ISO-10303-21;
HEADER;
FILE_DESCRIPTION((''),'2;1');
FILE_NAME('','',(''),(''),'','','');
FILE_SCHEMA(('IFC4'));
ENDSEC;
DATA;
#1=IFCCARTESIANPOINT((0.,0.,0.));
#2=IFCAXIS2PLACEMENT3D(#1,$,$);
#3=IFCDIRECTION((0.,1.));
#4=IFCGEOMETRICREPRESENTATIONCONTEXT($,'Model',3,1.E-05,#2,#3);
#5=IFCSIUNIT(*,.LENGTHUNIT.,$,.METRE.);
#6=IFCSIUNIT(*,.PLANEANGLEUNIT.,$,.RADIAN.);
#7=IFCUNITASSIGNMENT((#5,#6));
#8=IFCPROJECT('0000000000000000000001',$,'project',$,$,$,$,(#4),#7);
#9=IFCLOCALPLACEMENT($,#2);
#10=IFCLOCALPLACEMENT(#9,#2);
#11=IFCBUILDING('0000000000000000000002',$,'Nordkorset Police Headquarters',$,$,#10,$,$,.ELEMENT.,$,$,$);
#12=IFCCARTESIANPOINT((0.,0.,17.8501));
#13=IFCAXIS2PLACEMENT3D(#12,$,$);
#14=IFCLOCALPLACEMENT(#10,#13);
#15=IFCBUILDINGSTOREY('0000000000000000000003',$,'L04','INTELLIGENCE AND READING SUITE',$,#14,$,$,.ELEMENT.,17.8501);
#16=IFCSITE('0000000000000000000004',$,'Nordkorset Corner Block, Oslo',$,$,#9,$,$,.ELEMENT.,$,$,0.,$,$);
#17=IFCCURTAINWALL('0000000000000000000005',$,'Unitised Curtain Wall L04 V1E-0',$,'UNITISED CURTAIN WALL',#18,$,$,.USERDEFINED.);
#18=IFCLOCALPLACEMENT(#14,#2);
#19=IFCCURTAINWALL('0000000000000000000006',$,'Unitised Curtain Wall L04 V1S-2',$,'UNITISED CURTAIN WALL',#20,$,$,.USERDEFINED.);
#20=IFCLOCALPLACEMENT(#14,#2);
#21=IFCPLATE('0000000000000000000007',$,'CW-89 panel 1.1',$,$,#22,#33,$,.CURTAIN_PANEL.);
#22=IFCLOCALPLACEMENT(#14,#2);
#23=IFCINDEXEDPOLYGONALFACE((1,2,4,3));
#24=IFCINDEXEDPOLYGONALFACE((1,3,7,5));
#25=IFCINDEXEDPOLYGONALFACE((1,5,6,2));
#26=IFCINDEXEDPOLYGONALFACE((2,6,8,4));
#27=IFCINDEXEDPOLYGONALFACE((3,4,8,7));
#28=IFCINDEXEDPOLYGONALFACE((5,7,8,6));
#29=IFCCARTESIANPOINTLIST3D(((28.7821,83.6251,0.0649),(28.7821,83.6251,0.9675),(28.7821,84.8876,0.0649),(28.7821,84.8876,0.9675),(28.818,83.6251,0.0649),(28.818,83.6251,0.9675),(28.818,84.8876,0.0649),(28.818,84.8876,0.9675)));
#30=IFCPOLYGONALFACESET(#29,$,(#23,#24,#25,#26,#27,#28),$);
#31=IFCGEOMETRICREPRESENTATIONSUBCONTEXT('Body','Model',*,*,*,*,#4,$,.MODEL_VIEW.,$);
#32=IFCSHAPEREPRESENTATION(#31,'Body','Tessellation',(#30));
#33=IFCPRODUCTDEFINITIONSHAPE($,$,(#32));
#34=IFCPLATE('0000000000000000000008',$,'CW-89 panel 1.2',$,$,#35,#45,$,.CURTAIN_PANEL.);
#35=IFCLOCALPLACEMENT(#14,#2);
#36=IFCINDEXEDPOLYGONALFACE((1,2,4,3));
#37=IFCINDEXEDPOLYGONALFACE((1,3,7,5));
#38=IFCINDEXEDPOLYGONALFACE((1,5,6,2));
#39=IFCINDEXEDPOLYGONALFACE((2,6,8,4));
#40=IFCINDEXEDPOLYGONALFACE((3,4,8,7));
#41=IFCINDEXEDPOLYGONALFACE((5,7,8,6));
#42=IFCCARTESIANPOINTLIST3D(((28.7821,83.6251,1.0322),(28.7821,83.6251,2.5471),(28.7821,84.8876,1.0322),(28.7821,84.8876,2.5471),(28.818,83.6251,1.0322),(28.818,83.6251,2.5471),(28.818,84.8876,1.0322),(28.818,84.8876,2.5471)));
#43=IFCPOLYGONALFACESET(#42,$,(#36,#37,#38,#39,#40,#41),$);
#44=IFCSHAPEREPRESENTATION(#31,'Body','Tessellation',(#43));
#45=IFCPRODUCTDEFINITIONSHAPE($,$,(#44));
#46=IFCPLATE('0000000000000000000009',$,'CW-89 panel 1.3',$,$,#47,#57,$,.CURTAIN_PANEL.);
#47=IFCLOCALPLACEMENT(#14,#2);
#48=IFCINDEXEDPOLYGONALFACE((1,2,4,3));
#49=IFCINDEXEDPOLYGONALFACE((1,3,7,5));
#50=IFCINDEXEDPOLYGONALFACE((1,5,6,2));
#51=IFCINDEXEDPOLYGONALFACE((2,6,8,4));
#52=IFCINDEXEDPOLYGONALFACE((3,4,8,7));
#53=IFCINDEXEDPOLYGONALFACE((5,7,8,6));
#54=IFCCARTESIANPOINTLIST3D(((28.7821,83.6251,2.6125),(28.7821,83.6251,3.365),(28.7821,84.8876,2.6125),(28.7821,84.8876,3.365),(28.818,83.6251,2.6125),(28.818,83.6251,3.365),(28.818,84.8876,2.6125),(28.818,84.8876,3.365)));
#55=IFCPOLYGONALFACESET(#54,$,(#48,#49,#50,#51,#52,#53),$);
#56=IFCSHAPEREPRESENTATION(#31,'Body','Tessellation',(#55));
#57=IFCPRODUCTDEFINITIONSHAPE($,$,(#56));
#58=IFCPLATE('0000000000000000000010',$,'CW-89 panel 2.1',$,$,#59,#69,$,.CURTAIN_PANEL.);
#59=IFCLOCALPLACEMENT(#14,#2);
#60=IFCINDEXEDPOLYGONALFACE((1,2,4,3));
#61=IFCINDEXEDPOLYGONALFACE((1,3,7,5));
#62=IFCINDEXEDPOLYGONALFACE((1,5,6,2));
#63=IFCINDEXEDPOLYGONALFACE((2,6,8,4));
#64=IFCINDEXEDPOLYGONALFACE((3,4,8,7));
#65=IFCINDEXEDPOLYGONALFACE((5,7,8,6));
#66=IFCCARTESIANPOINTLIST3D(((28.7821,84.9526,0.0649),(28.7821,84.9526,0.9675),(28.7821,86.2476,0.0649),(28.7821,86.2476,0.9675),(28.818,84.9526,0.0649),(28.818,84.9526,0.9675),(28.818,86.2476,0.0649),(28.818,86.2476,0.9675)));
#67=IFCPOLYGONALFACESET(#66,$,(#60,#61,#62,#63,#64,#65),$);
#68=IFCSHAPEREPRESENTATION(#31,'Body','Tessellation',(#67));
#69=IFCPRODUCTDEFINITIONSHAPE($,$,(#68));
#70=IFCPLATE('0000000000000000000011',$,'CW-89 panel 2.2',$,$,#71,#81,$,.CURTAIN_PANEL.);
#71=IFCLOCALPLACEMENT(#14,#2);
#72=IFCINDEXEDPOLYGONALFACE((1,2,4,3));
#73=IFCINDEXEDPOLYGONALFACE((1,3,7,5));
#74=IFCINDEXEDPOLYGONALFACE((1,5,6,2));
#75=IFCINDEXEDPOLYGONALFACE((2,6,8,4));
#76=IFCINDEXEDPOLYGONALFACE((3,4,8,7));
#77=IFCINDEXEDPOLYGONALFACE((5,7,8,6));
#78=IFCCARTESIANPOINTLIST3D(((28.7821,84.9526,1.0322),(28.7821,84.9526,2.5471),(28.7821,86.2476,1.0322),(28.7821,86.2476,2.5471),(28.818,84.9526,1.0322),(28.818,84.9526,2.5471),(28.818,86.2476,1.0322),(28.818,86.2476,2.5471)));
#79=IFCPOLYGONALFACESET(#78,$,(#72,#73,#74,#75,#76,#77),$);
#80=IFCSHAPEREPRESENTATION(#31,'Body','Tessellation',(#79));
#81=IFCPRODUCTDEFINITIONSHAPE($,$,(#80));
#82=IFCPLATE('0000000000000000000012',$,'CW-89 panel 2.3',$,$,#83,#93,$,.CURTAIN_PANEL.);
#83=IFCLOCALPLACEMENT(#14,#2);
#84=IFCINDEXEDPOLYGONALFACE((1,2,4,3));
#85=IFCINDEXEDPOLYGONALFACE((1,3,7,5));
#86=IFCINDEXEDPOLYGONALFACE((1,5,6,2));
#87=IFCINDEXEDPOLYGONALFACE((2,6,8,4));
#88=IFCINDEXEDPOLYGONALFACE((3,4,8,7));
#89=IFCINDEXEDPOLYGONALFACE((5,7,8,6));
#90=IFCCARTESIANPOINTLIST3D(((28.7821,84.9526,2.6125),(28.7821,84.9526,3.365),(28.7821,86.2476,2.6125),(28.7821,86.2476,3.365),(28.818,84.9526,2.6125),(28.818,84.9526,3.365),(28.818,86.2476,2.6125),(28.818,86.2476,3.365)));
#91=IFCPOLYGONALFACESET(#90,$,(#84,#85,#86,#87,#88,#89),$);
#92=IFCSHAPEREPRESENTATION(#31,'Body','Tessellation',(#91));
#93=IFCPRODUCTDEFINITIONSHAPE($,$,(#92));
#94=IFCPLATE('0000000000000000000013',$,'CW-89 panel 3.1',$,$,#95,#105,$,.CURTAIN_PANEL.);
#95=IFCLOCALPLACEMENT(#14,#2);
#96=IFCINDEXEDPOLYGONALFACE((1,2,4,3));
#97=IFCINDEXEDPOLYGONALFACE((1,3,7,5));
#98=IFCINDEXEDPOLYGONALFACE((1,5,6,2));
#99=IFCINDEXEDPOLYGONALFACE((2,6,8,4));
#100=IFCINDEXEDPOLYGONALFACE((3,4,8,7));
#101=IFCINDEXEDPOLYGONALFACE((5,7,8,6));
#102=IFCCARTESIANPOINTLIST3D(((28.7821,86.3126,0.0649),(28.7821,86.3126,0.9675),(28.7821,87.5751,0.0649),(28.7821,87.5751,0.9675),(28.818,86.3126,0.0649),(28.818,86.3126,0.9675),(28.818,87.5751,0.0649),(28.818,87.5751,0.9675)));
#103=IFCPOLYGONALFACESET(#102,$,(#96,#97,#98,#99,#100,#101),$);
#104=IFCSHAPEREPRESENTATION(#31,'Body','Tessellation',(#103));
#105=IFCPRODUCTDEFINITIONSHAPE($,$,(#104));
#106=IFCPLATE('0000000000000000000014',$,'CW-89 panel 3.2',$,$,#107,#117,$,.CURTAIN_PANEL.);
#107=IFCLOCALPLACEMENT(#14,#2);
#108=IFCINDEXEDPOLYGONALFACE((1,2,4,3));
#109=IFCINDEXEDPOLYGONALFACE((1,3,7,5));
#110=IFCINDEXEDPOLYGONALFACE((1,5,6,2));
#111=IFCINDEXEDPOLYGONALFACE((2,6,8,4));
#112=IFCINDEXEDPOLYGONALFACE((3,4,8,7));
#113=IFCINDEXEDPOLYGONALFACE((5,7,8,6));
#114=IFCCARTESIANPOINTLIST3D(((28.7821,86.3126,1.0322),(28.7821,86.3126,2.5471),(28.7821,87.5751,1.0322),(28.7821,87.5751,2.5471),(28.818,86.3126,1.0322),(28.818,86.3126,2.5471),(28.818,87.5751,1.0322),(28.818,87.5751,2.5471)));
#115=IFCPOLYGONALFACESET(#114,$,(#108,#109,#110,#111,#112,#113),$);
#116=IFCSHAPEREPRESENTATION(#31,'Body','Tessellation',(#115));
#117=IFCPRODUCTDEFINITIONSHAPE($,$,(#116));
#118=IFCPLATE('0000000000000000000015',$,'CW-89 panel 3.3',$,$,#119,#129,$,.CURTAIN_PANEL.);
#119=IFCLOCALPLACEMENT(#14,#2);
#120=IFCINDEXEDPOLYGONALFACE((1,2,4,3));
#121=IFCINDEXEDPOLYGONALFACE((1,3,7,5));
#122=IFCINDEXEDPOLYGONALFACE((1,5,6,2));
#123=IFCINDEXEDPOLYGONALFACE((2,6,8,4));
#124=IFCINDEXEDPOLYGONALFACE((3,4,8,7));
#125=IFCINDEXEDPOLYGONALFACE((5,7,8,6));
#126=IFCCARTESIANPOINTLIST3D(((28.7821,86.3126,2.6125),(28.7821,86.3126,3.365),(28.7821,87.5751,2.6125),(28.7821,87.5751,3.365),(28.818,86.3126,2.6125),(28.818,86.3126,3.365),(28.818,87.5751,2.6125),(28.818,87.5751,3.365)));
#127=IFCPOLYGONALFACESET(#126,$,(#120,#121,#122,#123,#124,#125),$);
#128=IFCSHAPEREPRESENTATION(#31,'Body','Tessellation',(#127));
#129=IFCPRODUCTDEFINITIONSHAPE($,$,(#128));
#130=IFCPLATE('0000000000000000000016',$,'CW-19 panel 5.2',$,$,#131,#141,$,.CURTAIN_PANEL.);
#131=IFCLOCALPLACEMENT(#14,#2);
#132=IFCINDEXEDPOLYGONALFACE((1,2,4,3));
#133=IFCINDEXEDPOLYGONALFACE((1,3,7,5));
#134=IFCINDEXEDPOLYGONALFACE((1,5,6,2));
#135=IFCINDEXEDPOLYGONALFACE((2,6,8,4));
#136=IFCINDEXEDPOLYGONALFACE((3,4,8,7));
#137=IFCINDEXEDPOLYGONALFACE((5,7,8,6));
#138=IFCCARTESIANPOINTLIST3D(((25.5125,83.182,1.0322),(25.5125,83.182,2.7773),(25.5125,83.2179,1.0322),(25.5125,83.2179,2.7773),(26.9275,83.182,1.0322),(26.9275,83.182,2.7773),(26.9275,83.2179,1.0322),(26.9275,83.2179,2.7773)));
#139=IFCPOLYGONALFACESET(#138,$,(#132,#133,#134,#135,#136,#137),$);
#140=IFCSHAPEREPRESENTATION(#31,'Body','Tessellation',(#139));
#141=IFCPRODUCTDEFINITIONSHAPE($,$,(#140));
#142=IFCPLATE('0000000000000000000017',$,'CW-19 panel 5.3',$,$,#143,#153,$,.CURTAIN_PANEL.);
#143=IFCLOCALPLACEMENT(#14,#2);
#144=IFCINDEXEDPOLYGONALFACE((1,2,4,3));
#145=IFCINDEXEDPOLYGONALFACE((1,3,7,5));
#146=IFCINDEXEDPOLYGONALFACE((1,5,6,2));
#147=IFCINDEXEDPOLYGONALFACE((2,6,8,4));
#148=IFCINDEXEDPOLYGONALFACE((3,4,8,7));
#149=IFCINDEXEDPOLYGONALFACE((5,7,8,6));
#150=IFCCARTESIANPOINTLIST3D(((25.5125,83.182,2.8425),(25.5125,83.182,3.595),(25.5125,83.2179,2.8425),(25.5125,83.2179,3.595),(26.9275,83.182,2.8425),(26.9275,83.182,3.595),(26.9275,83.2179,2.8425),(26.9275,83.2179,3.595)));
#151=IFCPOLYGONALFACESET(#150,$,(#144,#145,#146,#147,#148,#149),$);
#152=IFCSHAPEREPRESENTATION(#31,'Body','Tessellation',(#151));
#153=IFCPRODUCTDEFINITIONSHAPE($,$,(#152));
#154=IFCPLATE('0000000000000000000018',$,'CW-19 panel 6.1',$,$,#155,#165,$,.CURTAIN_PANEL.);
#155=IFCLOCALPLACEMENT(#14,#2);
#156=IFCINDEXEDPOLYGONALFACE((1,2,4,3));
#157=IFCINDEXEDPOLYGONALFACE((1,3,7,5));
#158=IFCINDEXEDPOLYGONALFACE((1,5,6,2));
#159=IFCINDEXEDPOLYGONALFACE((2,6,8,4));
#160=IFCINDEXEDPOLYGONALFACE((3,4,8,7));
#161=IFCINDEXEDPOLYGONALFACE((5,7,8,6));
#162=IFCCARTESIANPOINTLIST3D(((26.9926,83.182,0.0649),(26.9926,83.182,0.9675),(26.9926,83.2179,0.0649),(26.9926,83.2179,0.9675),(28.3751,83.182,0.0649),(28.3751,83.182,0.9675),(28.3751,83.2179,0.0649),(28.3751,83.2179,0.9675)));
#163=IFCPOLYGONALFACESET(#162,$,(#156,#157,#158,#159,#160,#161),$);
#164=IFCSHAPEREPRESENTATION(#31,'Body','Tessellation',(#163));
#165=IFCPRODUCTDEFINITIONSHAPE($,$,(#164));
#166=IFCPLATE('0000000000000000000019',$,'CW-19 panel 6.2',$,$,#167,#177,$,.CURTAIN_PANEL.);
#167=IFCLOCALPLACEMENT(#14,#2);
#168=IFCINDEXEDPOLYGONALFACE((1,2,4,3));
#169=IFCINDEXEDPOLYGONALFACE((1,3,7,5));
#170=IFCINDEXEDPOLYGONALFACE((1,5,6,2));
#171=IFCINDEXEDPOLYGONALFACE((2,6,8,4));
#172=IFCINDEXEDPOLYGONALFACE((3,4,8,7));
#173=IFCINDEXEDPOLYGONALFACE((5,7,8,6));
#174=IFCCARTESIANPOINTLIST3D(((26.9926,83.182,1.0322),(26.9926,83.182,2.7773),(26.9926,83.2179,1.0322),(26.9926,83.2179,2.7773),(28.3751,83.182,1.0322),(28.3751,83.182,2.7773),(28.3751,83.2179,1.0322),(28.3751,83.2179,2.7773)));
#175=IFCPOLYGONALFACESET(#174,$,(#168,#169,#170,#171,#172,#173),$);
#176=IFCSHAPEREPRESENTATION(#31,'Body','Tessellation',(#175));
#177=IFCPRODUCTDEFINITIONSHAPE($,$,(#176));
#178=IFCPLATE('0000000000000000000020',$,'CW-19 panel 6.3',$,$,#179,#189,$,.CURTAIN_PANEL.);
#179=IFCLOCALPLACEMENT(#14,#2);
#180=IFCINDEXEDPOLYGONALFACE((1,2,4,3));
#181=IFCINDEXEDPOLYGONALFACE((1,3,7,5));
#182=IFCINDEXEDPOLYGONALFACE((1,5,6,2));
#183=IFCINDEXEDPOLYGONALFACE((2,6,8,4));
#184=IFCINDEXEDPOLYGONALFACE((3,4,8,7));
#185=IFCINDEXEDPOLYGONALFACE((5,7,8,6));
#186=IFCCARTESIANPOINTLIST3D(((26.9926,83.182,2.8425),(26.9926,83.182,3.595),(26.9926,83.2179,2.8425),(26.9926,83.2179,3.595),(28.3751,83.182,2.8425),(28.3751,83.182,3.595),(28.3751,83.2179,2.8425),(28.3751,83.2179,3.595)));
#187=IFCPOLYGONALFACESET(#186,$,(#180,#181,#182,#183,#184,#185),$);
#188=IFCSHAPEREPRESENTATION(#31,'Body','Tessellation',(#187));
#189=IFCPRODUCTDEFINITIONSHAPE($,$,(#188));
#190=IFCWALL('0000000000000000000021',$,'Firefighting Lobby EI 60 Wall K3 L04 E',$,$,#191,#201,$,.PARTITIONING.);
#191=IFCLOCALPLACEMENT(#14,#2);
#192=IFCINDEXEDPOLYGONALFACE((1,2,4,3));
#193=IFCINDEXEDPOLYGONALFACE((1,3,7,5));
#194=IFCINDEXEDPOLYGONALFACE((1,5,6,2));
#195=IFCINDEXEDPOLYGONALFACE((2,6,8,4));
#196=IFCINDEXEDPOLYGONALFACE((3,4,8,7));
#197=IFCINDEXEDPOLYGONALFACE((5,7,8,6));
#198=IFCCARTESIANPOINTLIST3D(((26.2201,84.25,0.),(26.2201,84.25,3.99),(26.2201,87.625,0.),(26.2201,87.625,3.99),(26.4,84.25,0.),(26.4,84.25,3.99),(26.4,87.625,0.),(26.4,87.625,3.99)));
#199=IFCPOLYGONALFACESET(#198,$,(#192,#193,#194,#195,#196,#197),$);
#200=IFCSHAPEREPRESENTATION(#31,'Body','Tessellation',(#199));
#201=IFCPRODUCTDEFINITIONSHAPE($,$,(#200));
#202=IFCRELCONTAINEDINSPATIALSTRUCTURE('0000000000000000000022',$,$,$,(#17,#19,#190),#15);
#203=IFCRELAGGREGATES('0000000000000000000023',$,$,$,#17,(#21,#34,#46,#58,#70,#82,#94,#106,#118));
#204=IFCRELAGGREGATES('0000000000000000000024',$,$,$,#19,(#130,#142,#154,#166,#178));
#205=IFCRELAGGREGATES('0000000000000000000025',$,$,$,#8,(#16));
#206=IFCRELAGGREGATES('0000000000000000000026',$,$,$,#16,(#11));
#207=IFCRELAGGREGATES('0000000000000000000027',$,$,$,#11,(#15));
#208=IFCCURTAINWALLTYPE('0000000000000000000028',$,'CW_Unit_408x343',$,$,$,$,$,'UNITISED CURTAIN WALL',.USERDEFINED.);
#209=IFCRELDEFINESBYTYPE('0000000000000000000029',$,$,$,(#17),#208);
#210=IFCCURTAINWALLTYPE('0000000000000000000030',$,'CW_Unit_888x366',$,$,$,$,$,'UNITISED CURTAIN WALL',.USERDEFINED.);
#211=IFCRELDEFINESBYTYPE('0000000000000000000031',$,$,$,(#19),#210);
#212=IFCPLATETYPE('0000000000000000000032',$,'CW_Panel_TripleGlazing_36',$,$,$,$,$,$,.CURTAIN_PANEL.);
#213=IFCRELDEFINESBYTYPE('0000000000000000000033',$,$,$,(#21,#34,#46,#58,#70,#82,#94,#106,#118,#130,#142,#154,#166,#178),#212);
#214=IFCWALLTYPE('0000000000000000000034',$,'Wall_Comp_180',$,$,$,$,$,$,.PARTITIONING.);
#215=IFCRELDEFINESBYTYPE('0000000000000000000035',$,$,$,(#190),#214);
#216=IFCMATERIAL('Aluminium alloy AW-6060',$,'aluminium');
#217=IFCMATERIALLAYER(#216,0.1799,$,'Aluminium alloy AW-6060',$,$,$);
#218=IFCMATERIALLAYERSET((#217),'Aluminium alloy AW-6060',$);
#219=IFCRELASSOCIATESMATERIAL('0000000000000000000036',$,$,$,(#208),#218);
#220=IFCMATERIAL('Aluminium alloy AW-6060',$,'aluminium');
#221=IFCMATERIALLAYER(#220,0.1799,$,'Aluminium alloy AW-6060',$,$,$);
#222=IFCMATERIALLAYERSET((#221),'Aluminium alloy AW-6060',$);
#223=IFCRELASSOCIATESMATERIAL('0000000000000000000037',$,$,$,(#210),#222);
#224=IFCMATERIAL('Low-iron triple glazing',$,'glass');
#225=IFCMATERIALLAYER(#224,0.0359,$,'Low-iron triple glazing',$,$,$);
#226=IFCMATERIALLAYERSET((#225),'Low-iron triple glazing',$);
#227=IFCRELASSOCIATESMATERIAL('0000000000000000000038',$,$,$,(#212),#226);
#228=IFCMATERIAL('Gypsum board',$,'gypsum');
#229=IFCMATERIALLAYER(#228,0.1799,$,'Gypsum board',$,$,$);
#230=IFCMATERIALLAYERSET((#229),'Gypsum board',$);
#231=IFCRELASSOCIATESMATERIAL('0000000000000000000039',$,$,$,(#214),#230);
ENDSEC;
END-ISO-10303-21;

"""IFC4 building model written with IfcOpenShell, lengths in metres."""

from ifc_helpers import new_model, si_unit, direction, frame, frame_2d, origin, origin_2d, place, context, subcontext, project, spatial, rectangle, extrude, material, layer, layer_set, type_object, element, aggregate, save


model = new_model("IFC4")

# Units and contexts
model_context = context("Model", 3, precision=1e-05, world=origin(), true_north=direction((0.0, 1.0)))
body_context = subcontext(model_context, "Body", "Model", "MODEL_VIEW")
ifc_project = project(units=[si_unit("LENGTHUNIT", "METRE"), si_unit("PLANEANGLEUNIT", "RADIAN")], contexts=[model_context])

# Site, building, storey
site_placement = place(None, origin())
site = spatial("IfcSite", under=ifc_project, at=site_placement, Name="Nordkorset Corner Block, Oslo", CompositionType="ELEMENT", RefElevation=0.0)
building_placement = place(site_placement, origin())
building = spatial("IfcBuilding", under=site, at=building_placement, Name="Nordkorset Police Headquarters", CompositionType="ELEMENT")
storey_placement = place(building_placement, frame((0.0, 0.0, 17.8501)))
storey = spatial("IfcBuildingStorey", under=building, at=storey_placement, Name="L04", Description="INTELLIGENCE AND READING SUITE", CompositionType="ELEMENT", Elevation=17.8501)

# Curtain walls
ifc_material_1 = material(Name="Aluminium alloy AW-6060", Category="aluminium")
ifc_layer_1 = layer(ifc_material_1, 0.1799, Name="Aluminium alloy AW-6060")
ifc_layer_set_1 = layer_set([ifc_layer_1], Name="Aluminium alloy AW-6060")
curtain_wall_type_1 = type_object("IfcCurtainWallType", Name="CW_Unit_408x343", ElementType="UNITISED CURTAIN WALL", PredefinedType="USERDEFINED", material=ifc_layer_set_1)
curtain_wall_1_placement = place(storey_placement, origin())
curtain_wall_1 = element("IfcCurtainWall", 1, at=curtain_wall_1_placement, inside=storey, type_object=curtain_wall_type_1, Name="Unitised Curtain Wall L04 V1E-0", ObjectType="UNITISED CURTAIN WALL", PredefinedType="USERDEFINED")
ifc_material_2 = material(Name="Aluminium alloy AW-6060", Category="aluminium")
ifc_layer_2 = layer(ifc_material_2, 0.1799, Name="Aluminium alloy AW-6060")
ifc_layer_set_2 = layer_set([ifc_layer_2], Name="Aluminium alloy AW-6060")
curtain_wall_type_2 = type_object("IfcCurtainWallType", Name="CW_Unit_888x366", ElementType="UNITISED CURTAIN WALL", PredefinedType="USERDEFINED", material=ifc_layer_set_2)
curtain_wall_2_placement = place(storey_placement, origin())
curtain_wall_2 = element("IfcCurtainWall", 2, at=curtain_wall_2_placement, inside=storey, type_object=curtain_wall_type_2, Name="Unitised Curtain Wall L04 V1S-2", ObjectType="UNITISED CURTAIN WALL", PredefinedType="USERDEFINED")

# Plates
ifc_material_3 = material(Name="Low-iron triple glazing", Category="glass")
ifc_layer_3 = layer(ifc_material_3, 0.0359, Name="Low-iron triple glazing")
ifc_layer_set_3 = layer_set([ifc_layer_3], Name="Low-iron triple glazing")
plate_type = type_object("IfcPlateType", Name="CW_Panel_TripleGlazing_36", PredefinedType="CURTAIN_PANEL", material=ifc_layer_set_3)
plate_1_placement = place(storey_placement, frame((28.8, 84.2563, 0.0649), z_axis=(0.0, 0.0, 1.0), x_axis=(0.0, 1.0, 0.0)))
plate_1 = element("IfcPlate", 3, at=plate_1_placement, type_object=plate_type, Name="CW-89 panel 1.1", PredefinedType="CURTAIN_PANEL", context=body_context, shape_type="SweptSolid", body=[
    extrude(rectangle(XDim=1.2625, YDim=0.0359, at=origin_2d()), origin(), (0.0, 0.0, 1.0), 0.9026),
])
plate_2_placement = place(storey_placement, frame((28.8, 84.2563, 1.0322), z_axis=(0.0, 0.0, 1.0), x_axis=(0.0, 1.0, 0.0)))
plate_2 = element("IfcPlate", 4, at=plate_2_placement, type_object=plate_type, Name="CW-89 panel 1.2", PredefinedType="CURTAIN_PANEL", context=body_context, shape_type="SweptSolid", body=[
    extrude(rectangle(XDim=1.2625, YDim=0.0359, at=origin_2d()), origin(), (0.0, 0.0, 1.0), 1.5149),
])
plate_3_placement = place(storey_placement, frame((28.8, 84.2563, 2.6125), z_axis=(0.0, 0.0, 1.0), x_axis=(0.0, 1.0, 0.0)))
plate_3 = element("IfcPlate", 5, at=plate_3_placement, type_object=plate_type, Name="CW-89 panel 1.3", PredefinedType="CURTAIN_PANEL", context=body_context, shape_type="SweptSolid", body=[
    extrude(rectangle(XDim=1.2625, YDim=0.0359, at=origin_2d()), origin(), (0.0, 0.0, 1.0), 0.7524),
])
plate_4_placement = place(storey_placement, frame((28.8, 85.6001, 0.0649), z_axis=(0.0, 0.0, 1.0), x_axis=(0.0, 1.0, 0.0)))
plate_4 = element("IfcPlate", 6, at=plate_4_placement, type_object=plate_type, Name="CW-89 panel 2.1", PredefinedType="CURTAIN_PANEL", context=body_context, shape_type="SweptSolid", body=[
    extrude(rectangle(XDim=1.2949, YDim=0.0359, at=origin_2d()), origin(), (0.0, 0.0, 1.0), 0.9026),
])
plate_5_placement = place(storey_placement, frame((28.8, 85.6001, 1.0322), z_axis=(0.0, 0.0, 1.0), x_axis=(0.0, 1.0, 0.0)))
plate_5 = element("IfcPlate", 7, at=plate_5_placement, type_object=plate_type, Name="CW-89 panel 2.2", PredefinedType="CURTAIN_PANEL", context=body_context, shape_type="SweptSolid", body=[
    extrude(rectangle(XDim=1.2949, YDim=0.0359, at=origin_2d()), origin(), (0.0, 0.0, 1.0), 1.5149),
])
plate_6_placement = place(storey_placement, frame((28.8, 85.6001, 2.6125), z_axis=(0.0, 0.0, 1.0), x_axis=(0.0, 1.0, 0.0)))
plate_6 = element("IfcPlate", 8, at=plate_6_placement, type_object=plate_type, Name="CW-89 panel 2.3", PredefinedType="CURTAIN_PANEL", context=body_context, shape_type="SweptSolid", body=[
    extrude(rectangle(XDim=1.2949, YDim=0.0359, at=origin_2d()), origin(), (0.0, 0.0, 1.0), 0.7524),
])
plate_7_placement = place(storey_placement, frame((28.8, 86.9438, 0.0649), z_axis=(0.0, 0.0, 1.0), x_axis=(0.0, 1.0, 0.0)))
plate_7 = element("IfcPlate", 9, at=plate_7_placement, type_object=plate_type, Name="CW-89 panel 3.1", PredefinedType="CURTAIN_PANEL", context=body_context, shape_type="SweptSolid", body=[
    extrude(rectangle(XDim=1.2625, YDim=0.0359, at=origin_2d()), origin(), (0.0, 0.0, 1.0), 0.9026),
])
plate_8_placement = place(storey_placement, frame((28.8, 86.9438, 1.0322), z_axis=(0.0, 0.0, 1.0), x_axis=(0.0, 1.0, 0.0)))
plate_8 = element("IfcPlate", 10, at=plate_8_placement, type_object=plate_type, Name="CW-89 panel 3.2", PredefinedType="CURTAIN_PANEL", context=body_context, shape_type="SweptSolid", body=[
    extrude(rectangle(XDim=1.2625, YDim=0.0359, at=origin_2d()), origin(), (0.0, 0.0, 1.0), 1.5149),
])
plate_9_placement = place(storey_placement, frame((28.8, 86.9438, 2.6125), z_axis=(0.0, 0.0, 1.0), x_axis=(0.0, 1.0, 0.0)))
plate_9 = element("IfcPlate", 11, at=plate_9_placement, type_object=plate_type, Name="CW-89 panel 3.3", PredefinedType="CURTAIN_PANEL", context=body_context, shape_type="SweptSolid", body=[
    extrude(rectangle(XDim=1.2625, YDim=0.0359, at=origin_2d()), origin(), (0.0, 0.0, 1.0), 0.7524),
])
aggregate(curtain_wall_1, [plate_1, plate_2, plate_3, plate_4, plate_5, plate_6, plate_7, plate_8, plate_9])
plate_10_placement = place(storey_placement, frame((26.22, 83.2, 1.0322), z_axis=(0.0, 0.0, 1.0), x_axis=(1.0, 0.0, 0.0)))
plate_10 = element("IfcPlate", 12, at=plate_10_placement, type_object=plate_type, Name="CW-19 panel 5.2", PredefinedType="CURTAIN_PANEL", context=body_context, shape_type="SweptSolid", body=[
    extrude(rectangle(XDim=1.415, YDim=0.0359, at=origin_2d()), origin(), (0.0, 0.0, 1.0), 1.7451),
])
plate_11_placement = place(storey_placement, frame((26.22, 83.2, 2.8425), z_axis=(0.0, 0.0, 1.0), x_axis=(1.0, 0.0, 0.0)))
plate_11 = element("IfcPlate", 13, at=plate_11_placement, type_object=plate_type, Name="CW-19 panel 5.3", PredefinedType="CURTAIN_PANEL", context=body_context, shape_type="SweptSolid", body=[
    extrude(rectangle(XDim=1.415, YDim=0.0359, at=origin_2d()), origin(), (0.0, 0.0, 1.0), 0.7524),
])
plate_12_placement = place(storey_placement, frame((27.6838, 83.2, 0.0649), z_axis=(0.0, 0.0, 1.0), x_axis=(1.0, 0.0, 0.0)))
plate_12 = element("IfcPlate", 14, at=plate_12_placement, type_object=plate_type, Name="CW-19 panel 6.1", PredefinedType="CURTAIN_PANEL", context=body_context, shape_type="SweptSolid", body=[
    extrude(rectangle(XDim=1.3826, YDim=0.0359, at=origin_2d()), origin(), (0.0, 0.0, 1.0), 0.9026),
])
plate_13_placement = place(storey_placement, frame((27.6838, 83.2, 1.0322), z_axis=(0.0, 0.0, 1.0), x_axis=(1.0, 0.0, 0.0)))
plate_13 = element("IfcPlate", 15, at=plate_13_placement, type_object=plate_type, Name="CW-19 panel 6.2", PredefinedType="CURTAIN_PANEL", context=body_context, shape_type="SweptSolid", body=[
    extrude(rectangle(XDim=1.3826, YDim=0.0359, at=origin_2d()), origin(), (0.0, 0.0, 1.0), 1.7451),
])
plate_14_placement = place(storey_placement, frame((27.6838, 83.2, 2.8425), z_axis=(0.0, 0.0, 1.0), x_axis=(1.0, 0.0, 0.0)))
plate_14 = element("IfcPlate", 16, at=plate_14_placement, type_object=plate_type, Name="CW-19 panel 6.3", PredefinedType="CURTAIN_PANEL", context=body_context, shape_type="SweptSolid", body=[
    extrude(rectangle(XDim=1.3826, YDim=0.0359, at=origin_2d()), origin(), (0.0, 0.0, 1.0), 0.7524),
])
aggregate(curtain_wall_2, [plate_10, plate_11, plate_12, plate_13, plate_14])

# Wall
ifc_material_4 = material(Name="Gypsum board", Category="gypsum")
ifc_layer_4 = layer(ifc_material_4, 0.1799, Name="Gypsum board")
ifc_layer_set_4 = layer_set([ifc_layer_4], Name="Gypsum board")
wall_type = type_object("IfcWallType", Name="Wall_Comp_180", PredefinedType="PARTITIONING", material=ifc_layer_set_4)
wall_placement = place(storey_placement, frame((26.3101, 84.25, 0.0), z_axis=(0.0, 0.0, 1.0), x_axis=(0.0, 1.0, 0.0)))
element("IfcWall", 17, at=wall_placement, inside=storey, type_object=wall_type, Name="Firefighting Lobby EI 60 Wall K3 L04 E", PredefinedType="PARTITIONING", context=body_context, shape_type="SweptSolid", body=[
    extrude(rectangle(XDim=3.375, YDim=0.1799, at=frame_2d((1.6875, 0.0))), origin(), (0.0, 0.0, 1.0), 3.99),
])

save(model, "model.ifc")
